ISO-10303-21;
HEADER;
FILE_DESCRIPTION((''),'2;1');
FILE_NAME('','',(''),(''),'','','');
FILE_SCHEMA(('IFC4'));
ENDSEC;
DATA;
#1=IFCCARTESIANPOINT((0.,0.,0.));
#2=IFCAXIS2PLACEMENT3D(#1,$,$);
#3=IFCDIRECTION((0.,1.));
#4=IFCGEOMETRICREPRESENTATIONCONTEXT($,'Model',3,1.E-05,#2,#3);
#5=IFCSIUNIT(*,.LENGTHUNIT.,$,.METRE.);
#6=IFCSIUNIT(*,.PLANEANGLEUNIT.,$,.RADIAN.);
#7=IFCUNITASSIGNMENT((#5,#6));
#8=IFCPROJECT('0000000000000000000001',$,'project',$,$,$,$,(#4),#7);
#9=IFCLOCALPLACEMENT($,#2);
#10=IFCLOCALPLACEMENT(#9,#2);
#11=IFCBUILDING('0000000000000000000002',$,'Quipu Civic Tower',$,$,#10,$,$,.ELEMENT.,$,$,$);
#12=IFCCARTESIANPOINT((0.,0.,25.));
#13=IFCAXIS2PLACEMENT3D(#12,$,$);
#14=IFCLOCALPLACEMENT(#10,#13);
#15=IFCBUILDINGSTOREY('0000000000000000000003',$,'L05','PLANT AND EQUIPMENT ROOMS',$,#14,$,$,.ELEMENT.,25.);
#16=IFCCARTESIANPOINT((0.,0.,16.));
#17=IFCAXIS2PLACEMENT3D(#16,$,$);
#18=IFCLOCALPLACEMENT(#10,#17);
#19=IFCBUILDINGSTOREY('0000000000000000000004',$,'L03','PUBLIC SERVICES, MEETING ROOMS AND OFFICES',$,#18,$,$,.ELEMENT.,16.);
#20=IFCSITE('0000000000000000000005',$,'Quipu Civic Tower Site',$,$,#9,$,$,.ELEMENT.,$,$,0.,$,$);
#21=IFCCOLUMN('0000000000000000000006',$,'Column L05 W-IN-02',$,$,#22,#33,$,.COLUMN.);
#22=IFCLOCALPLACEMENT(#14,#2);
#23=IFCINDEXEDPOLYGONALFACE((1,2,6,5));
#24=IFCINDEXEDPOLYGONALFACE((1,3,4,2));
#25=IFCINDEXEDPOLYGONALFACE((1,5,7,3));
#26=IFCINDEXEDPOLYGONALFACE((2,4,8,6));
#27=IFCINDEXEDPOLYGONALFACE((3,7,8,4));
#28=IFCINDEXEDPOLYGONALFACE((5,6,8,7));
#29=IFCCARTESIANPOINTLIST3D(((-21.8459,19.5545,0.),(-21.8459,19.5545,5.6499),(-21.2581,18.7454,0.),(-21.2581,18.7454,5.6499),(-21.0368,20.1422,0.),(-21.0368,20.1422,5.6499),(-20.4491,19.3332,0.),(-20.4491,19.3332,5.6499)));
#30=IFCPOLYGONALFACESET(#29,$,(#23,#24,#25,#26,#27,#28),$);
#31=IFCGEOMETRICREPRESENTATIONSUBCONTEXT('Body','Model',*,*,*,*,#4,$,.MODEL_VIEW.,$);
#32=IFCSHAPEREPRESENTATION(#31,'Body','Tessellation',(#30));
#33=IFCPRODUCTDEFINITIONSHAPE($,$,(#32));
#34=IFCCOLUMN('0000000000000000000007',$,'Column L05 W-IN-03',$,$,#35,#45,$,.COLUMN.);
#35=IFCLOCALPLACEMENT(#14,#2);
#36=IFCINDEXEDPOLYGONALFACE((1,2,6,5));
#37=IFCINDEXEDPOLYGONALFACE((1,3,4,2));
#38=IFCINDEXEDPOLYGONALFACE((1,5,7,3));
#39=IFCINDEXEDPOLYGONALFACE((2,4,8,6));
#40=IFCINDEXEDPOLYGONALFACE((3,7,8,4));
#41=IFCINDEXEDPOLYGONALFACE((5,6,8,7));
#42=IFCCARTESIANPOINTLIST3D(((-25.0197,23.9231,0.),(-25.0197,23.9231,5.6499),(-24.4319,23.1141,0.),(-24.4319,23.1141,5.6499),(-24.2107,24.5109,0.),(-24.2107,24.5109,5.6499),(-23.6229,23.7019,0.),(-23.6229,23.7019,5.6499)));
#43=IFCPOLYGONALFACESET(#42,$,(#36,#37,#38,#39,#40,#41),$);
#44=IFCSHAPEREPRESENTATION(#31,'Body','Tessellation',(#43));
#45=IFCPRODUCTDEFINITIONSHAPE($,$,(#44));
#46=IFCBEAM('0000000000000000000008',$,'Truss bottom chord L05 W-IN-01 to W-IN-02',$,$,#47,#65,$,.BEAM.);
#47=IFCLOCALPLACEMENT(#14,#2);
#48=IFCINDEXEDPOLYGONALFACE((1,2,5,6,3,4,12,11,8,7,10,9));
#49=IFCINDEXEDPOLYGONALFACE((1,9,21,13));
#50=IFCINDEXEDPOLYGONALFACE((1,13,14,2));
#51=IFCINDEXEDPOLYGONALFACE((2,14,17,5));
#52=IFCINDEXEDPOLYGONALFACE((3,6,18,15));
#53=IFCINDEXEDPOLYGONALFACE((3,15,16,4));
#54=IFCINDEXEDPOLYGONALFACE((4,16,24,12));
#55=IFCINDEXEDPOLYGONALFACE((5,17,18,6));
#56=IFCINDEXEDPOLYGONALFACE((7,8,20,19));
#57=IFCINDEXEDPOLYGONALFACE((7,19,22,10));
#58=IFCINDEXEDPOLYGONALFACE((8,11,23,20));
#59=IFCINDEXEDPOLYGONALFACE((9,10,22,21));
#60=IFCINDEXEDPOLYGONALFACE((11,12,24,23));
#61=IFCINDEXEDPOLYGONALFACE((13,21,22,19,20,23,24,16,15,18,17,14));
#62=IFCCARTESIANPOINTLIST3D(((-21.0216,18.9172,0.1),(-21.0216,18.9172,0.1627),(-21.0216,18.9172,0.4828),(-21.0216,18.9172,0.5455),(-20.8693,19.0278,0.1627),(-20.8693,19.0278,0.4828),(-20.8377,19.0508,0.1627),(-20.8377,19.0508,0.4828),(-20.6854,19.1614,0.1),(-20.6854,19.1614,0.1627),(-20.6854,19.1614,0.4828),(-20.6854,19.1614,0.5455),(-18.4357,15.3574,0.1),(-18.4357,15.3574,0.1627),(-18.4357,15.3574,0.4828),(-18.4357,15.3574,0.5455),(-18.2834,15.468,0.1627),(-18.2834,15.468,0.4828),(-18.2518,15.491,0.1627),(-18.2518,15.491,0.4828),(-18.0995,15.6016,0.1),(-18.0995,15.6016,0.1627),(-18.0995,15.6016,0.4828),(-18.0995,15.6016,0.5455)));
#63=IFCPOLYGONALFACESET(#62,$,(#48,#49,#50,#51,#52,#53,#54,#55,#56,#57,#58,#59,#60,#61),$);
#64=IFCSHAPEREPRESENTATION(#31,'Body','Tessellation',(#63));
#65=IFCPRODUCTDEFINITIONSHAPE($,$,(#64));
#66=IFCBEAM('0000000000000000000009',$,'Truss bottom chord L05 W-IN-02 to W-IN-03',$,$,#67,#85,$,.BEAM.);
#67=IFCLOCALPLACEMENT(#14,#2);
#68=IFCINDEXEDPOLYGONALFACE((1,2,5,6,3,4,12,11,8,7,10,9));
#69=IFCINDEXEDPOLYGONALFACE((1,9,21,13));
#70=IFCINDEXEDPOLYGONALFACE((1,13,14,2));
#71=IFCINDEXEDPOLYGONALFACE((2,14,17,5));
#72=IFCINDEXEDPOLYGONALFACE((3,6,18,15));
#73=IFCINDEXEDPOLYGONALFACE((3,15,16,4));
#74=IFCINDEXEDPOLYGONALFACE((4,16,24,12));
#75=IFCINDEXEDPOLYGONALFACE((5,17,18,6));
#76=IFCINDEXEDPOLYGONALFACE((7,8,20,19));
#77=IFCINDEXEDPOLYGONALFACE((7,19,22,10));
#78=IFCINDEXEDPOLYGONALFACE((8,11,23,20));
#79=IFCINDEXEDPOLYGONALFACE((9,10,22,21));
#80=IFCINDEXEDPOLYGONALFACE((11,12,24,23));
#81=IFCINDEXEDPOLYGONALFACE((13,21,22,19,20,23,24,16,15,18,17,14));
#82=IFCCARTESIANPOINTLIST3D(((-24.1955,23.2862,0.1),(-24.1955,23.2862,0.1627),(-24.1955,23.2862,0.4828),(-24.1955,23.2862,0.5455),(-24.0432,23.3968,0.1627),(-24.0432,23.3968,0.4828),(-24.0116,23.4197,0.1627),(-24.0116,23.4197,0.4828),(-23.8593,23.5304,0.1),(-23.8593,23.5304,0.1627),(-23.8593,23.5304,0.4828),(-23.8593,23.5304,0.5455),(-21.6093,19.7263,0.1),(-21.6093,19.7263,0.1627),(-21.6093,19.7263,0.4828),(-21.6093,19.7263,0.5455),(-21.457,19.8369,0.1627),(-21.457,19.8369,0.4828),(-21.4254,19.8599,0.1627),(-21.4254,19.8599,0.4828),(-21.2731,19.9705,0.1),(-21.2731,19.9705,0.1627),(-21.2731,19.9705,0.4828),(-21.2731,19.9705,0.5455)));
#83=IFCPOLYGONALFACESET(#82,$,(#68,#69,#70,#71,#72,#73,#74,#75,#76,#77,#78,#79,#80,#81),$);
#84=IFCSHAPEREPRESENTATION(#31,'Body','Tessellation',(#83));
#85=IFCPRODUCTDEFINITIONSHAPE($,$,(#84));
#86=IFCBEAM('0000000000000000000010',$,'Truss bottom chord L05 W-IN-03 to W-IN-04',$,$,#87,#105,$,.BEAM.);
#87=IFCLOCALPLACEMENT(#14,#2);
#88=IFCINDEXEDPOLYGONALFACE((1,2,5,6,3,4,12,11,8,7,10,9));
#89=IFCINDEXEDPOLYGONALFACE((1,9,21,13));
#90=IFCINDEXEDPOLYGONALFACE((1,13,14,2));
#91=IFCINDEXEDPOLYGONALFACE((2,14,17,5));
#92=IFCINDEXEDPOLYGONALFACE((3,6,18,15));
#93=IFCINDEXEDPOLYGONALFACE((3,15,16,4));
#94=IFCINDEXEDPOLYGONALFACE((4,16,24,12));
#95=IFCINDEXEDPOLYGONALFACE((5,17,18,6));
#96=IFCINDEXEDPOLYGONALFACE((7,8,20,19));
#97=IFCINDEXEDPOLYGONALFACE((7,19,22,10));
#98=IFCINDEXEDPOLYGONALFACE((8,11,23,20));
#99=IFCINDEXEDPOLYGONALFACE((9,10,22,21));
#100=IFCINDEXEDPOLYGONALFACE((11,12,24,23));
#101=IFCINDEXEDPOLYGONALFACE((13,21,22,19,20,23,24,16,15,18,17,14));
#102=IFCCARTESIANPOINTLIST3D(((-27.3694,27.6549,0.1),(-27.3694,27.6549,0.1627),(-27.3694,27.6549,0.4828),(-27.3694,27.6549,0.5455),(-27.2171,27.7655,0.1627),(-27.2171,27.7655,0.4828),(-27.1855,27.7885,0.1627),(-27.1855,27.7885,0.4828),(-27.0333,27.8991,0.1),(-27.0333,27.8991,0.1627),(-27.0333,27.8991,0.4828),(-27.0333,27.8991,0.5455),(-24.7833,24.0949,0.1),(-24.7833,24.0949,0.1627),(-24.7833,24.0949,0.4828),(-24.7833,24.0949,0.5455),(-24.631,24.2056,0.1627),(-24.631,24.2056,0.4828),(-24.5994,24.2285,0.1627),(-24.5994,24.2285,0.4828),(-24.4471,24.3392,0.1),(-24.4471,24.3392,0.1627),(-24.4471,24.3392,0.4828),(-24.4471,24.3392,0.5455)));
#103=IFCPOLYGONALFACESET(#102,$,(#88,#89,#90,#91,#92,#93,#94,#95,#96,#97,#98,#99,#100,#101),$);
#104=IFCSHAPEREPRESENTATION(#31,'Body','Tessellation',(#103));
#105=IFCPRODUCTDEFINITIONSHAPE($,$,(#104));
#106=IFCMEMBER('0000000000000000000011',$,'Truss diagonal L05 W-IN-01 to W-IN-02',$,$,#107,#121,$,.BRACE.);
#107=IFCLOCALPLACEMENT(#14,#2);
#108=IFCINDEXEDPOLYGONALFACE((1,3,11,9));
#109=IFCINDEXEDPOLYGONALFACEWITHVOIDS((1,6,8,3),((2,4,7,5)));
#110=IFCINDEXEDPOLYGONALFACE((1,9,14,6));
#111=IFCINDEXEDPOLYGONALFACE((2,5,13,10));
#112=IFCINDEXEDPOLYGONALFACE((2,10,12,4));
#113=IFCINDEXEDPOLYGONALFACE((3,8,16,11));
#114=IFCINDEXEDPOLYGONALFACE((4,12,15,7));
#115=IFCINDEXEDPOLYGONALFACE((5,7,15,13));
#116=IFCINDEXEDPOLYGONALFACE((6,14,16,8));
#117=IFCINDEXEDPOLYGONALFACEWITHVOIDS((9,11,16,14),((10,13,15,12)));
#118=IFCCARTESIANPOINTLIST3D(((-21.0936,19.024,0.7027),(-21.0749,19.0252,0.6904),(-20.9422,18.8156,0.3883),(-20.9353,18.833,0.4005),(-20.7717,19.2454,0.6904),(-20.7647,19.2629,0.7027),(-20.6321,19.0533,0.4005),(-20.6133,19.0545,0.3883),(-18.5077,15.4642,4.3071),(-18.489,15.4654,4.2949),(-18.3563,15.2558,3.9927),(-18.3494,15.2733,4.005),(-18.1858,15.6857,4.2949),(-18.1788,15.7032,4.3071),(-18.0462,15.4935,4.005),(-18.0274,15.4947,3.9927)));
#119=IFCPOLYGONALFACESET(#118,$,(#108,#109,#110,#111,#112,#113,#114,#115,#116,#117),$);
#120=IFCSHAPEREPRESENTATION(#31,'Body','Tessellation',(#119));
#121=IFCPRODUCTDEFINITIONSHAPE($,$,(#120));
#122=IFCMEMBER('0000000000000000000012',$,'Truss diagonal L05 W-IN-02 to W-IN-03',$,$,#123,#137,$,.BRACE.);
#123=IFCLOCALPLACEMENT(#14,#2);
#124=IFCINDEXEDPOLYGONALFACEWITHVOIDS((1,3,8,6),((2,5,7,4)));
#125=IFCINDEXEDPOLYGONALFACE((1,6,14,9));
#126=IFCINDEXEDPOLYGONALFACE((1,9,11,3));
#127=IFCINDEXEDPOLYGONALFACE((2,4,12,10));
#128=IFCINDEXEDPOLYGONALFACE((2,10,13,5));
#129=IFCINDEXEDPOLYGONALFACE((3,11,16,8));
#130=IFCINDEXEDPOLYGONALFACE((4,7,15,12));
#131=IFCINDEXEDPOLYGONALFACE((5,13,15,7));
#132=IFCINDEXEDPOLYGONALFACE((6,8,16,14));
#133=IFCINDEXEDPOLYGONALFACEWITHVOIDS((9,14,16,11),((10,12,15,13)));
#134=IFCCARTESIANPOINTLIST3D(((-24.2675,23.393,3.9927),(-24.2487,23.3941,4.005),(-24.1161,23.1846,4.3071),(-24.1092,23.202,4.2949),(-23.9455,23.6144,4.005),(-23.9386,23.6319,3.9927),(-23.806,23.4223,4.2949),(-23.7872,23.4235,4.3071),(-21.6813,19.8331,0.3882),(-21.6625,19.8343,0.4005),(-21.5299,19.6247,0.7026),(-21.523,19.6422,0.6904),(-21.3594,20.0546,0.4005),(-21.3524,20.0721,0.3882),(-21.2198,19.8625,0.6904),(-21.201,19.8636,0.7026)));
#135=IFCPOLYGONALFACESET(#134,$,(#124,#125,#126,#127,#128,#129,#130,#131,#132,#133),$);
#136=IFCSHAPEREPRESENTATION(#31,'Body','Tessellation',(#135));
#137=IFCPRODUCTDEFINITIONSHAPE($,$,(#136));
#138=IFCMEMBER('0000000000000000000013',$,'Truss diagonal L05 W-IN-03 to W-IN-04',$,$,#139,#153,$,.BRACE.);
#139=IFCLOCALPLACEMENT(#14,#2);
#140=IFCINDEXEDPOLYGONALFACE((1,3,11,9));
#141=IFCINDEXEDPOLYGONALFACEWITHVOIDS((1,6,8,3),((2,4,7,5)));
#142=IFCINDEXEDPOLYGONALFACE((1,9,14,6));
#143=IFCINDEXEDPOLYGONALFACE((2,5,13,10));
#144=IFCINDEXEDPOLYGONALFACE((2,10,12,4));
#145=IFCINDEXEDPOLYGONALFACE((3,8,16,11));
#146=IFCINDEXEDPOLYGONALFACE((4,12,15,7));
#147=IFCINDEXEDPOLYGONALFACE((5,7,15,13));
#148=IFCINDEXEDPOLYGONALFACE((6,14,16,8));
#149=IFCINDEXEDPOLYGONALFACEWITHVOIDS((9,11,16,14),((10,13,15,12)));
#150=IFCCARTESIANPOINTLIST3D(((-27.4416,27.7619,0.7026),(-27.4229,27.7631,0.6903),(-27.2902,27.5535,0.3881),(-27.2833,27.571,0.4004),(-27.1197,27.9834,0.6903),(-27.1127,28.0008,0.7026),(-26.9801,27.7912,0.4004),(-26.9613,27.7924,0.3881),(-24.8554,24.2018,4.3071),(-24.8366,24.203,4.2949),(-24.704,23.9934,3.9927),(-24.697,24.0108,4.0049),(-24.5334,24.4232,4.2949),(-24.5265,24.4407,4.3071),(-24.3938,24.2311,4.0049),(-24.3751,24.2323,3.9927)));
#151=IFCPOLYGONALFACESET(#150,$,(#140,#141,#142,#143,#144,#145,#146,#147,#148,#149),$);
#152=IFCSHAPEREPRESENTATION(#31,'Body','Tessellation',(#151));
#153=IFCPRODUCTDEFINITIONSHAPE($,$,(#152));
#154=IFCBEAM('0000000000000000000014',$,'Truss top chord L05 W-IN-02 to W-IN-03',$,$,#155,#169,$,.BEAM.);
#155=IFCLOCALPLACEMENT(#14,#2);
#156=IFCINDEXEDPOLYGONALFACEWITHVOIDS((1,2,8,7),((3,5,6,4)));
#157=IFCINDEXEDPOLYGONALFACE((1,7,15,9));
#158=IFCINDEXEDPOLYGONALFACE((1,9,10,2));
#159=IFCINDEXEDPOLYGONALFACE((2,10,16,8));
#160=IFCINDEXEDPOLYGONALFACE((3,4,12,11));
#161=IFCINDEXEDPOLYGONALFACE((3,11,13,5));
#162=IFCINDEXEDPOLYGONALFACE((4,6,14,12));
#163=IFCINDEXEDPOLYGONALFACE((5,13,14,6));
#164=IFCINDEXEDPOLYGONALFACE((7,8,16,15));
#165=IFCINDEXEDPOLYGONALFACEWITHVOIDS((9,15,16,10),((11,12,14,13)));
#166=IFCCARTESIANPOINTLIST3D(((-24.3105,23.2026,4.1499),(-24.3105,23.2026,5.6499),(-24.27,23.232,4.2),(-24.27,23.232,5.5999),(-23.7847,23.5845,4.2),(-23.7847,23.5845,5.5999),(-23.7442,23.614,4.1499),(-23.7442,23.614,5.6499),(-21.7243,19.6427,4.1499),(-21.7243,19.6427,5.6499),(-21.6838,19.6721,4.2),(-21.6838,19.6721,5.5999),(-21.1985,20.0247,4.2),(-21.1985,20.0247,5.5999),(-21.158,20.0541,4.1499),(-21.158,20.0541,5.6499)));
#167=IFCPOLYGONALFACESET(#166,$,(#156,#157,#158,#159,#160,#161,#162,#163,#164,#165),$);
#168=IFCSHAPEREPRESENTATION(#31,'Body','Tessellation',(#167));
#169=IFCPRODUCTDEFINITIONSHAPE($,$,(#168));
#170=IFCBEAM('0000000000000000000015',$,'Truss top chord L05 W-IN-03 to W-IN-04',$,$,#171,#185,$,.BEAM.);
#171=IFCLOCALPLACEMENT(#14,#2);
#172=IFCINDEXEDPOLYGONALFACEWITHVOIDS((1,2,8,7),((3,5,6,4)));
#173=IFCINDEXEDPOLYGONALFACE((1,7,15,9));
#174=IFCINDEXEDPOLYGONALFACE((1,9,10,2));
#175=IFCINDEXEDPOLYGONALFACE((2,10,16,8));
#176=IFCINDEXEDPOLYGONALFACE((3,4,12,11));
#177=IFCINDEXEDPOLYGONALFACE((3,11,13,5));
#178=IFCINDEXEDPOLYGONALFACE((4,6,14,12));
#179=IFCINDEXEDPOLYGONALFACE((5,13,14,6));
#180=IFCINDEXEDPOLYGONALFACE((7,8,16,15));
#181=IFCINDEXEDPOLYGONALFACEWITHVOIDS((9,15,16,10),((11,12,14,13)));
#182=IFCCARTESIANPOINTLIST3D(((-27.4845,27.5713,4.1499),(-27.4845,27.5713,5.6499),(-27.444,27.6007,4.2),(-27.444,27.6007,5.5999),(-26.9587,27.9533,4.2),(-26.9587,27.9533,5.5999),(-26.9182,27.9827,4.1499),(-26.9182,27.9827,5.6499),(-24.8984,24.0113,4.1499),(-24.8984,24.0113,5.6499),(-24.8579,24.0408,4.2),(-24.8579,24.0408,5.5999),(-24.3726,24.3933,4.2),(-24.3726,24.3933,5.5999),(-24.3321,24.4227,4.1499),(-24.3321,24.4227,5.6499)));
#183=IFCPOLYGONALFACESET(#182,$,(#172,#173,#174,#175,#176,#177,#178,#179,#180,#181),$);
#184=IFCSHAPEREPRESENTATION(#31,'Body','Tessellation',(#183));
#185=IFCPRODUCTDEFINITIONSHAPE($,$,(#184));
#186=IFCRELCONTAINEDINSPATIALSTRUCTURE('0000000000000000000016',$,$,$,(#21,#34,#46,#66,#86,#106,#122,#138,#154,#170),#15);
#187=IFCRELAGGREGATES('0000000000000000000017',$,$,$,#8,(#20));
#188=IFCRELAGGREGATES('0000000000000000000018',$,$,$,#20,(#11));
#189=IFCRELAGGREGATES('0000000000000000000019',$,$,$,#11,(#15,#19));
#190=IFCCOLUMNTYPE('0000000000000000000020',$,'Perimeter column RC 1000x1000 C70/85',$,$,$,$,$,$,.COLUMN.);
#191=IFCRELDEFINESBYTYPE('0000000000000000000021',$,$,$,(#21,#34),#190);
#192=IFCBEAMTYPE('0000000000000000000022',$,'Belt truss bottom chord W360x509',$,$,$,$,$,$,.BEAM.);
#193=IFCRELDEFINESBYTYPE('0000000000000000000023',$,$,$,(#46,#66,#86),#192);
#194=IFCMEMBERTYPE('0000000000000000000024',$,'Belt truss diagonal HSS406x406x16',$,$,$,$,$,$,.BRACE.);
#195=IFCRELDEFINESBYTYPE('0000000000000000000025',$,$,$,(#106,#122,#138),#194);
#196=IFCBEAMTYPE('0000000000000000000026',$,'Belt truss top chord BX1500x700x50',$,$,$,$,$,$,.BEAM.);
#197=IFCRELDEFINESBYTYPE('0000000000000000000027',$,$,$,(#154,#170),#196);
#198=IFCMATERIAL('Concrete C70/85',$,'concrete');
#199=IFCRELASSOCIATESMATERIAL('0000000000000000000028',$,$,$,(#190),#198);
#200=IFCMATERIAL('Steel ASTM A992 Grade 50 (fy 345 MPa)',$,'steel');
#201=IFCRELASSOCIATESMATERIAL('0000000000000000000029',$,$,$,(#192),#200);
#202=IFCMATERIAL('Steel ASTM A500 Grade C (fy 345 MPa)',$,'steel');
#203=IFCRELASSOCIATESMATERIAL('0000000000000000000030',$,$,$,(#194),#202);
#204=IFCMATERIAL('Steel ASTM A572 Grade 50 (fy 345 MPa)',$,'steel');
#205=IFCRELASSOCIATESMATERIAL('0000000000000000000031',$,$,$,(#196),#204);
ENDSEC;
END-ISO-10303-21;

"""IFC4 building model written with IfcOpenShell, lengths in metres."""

from ifc_helpers import new_model, si_unit, direction, frame, origin, origin_2d, place, context, subcontext, project, spatial, rectangle, hollow_rectangle, i_section, extrude, material, material_profile, profile_set, type_object, element, save


model = new_model("IFC4")

# Units and contexts
model_context = context("Model", 3, precision=1e-05, world=origin(), true_north=direction((0.0, 1.0)))
body_context = subcontext(model_context, "Body", "Model", "MODEL_VIEW")
ifc_project = project(units=[si_unit("LENGTHUNIT", "METRE"), si_unit("PLANEANGLEUNIT", "RADIAN")], contexts=[model_context])

# Site, building, storey
site_placement = place(None, origin())
site = spatial("IfcSite", under=ifc_project, at=site_placement, Name="Quipu Civic Tower Site", CompositionType="ELEMENT", RefElevation=0.0)
building_placement = place(site_placement, origin())
building = spatial("IfcBuilding", under=site, at=building_placement, Name="Quipu Civic Tower", CompositionType="ELEMENT")
storey_1_placement = place(building_placement, frame((0.0, 0.0, 25.0)))
storey_1 = spatial("IfcBuildingStorey", under=building, at=storey_1_placement, Name="L05", Description="PLANT AND EQUIPMENT ROOMS", CompositionType="ELEMENT", Elevation=25.0)

# Columns
ifc_material_1 = material(Name="Concrete C70/85", Category="concrete")
ifc_material_profile_1 = material_profile(ifc_material_1, rectangle(XDim=1.0, YDim=1.0, at=origin_2d()), Name="RC1000x1000")
ifc_profile_set_1 = profile_set([ifc_material_profile_1], Name="Concrete C70/85")
column_type = type_object("IfcColumnType", Name="Perimeter column RC 1000x1000 C70/85", PredefinedType="COLUMN", material=ifc_profile_set_1)
for number, where, z_axis, x_axis, name in (
    (1, (-21.1475, 19.4438, 0.0), (0.0, 0.0, 1.0), (-0.587785, 0.809017, 0.0), "Column L05 W-IN-02"),
    (2, (-24.3213, 23.8125, 0.0), (0.0, 0.0, 1.0), (-0.587785, 0.809017, 0.0), "Column L05 W-IN-03"),
):
    element("IfcColumn", number, at=place(storey_1_placement, frame(where, z_axis=z_axis, x_axis=x_axis)), inside=storey_1, type_object=column_type, Name=name, PredefinedType="COLUMN", context=body_context, shape_type="SweptSolid", body=[
        extrude(rectangle(XDim=1.0, YDim=1.0, at=origin_2d()), origin(), (0.0, 0.0, 1.0), 5.6499),
    ])

# Beams
ifc_material_2 = material(Name="Steel ASTM A992 Grade 50 (fy 345 MPa)", Category="steel")
ifc_material_profile_2 = material_profile(ifc_material_2, i_section(OverallWidth=0.4155, OverallDepth=0.4456, WebThickness=0.0391, FlangeThickness=0.0627, at=origin_2d()), Name="W360x509")
ifc_profile_set_2 = profile_set([ifc_material_profile_2], Name="Steel ASTM A992 Grade 50 (fy 345 MPa)")
beam_type_1 = type_object("IfcBeamType", Name="Belt truss bottom chord W360x509", PredefinedType="BEAM", material=ifc_profile_set_2)
beam_placement = place(storey_1_placement, frame((-18.2676, 15.4795, 0.3228), z_axis=(-0.587723, 0.809062, 0.0), x_axis=(-0.809062, -0.587723, 0.0)))
element("IfcBeam", 3, at=beam_placement, inside=storey_1, type_object=beam_type_1, Name="Truss bottom chord L05 W-IN-01 to W-IN-02", PredefinedType="BEAM", context=body_context, shape_type="SweptSolid", body=[
    extrude(i_section(OverallWidth=0.4155, OverallDepth=0.4456, WebThickness=0.0391, FlangeThickness=0.0627, at=origin_2d()), origin(), (0.0, 0.0, 1.0), 4.3999),
])
for number, where, z_axis, x_axis, name in (
    (4, (-21.4412, 19.8484, 0.3228), (-0.587759, 0.809036, 0.0), (-0.809036, -0.587759, 0.0), "Truss bottom chord L05 W-IN-02 to W-IN-03"),
    (5, (-24.6152, 24.217, 0.3228), (-0.587733, 0.809055, 0.0), (-0.809055, -0.587733, 0.0), "Truss bottom chord L05 W-IN-03 to W-IN-04"),
):
    element("IfcBeam", number, at=place(storey_1_placement, frame(where, z_axis=z_axis, x_axis=x_axis)), inside=storey_1, type_object=beam_type_1, Name=name, PredefinedType="BEAM", context=body_context, shape_type="SweptSolid", body=[
        extrude(i_section(OverallWidth=0.4155, OverallDepth=0.4456, WebThickness=0.0391, FlangeThickness=0.0627, at=origin_2d()), origin(), (0.0, 0.0, 1.0), 4.4001),
    ])

# Members
ifc_material_3 = material(Name="Steel ASTM A500 Grade C (fy 345 MPa)", Category="steel")
ifc_material_profile_3 = material_profile(ifc_material_3, hollow_rectangle(XDim=0.4065, YDim=0.4065, WallThickness=0.0159, at=origin_2d()), Name="HSS406x406x16")
ifc_profile_set_3 = profile_set([ifc_material_profile_3], Name="Steel ASTM A500 Grade C (fy 345 MPa)")
member_type_1 = type_object("IfcMemberType", Name="Belt truss diagonal HSS406x406x16", PredefinedType="BRACE", material=ifc_profile_set_3)
member_1_placement = place(storey_1_placement, frame((-18.2676, 15.4795, 4.1499), z_axis=(-0.454642, 0.625862, -0.633717), x_axis=(-0.809062, -0.587723, 0.0)))
element("IfcMember", 6, at=member_1_placement, inside=storey_1, type_object=member_type_1, Name="Truss diagonal L05 W-IN-01 to W-IN-02", PredefinedType="BRACE", context=body_context, shape_type="SweptSolid", body=[
    extrude(hollow_rectangle(XDim=0.4065, YDim=0.4065, WallThickness=0.0159, at=origin_2d()), origin(), (0.0, 0.0, 1.0), 5.6877),
])
member_2_placement = place(storey_1_placement, frame((-21.4412, 19.8484, 0.5454), z_axis=(-0.454676, 0.62585, 0.633705), x_axis=(-0.809036, -0.587759, 0.0)))
element("IfcMember", 7, at=member_2_placement, inside=storey_1, type_object=member_type_1, Name="Truss diagonal L05 W-IN-02 to W-IN-03", PredefinedType="BRACE", context=body_context, shape_type="SweptSolid", body=[
    extrude(hollow_rectangle(XDim=0.4065, YDim=0.4065, WallThickness=0.0159, at=origin_2d()), origin(), (0.0, 0.0, 1.0), 5.688),
])
member_3_placement = place(storey_1_placement, frame((-24.6152, 24.217, 4.1499), z_axis=(-0.454664, 0.625876, -0.633688), x_axis=(-0.809055, -0.587733, 0.0)))
element("IfcMember", 8, at=member_3_placement, inside=storey_1, type_object=member_type_1, Name="Truss diagonal L05 W-IN-03 to W-IN-04", PredefinedType="BRACE", context=body_context, shape_type="SweptSolid", body=[
    extrude(hollow_rectangle(XDim=0.4065, YDim=0.4065, WallThickness=0.0159, at=origin_2d()), origin(), (0.0, 0.0, 1.0), 5.6882),
])

# Beams
ifc_material_4 = material(Name="Steel ASTM A572 Grade 50 (fy 345 MPa)", Category="steel")
ifc_material_profile_4 = material_profile(ifc_material_4, hollow_rectangle(XDim=0.7, YDim=1.5, WallThickness=0.05, at=origin_2d()), Name="BX1500x700x50")
ifc_profile_set_4 = profile_set([ifc_material_profile_4], Name="Steel ASTM A572 Grade 50 (fy 345 MPa)")
beam_type_2 = type_object("IfcBeamType", Name="Belt truss top chord BX1500x700x50", PredefinedType="BEAM", material=ifc_profile_set_4)
for number, where, z_axis, x_axis, name in (
    (9, (-21.4412, 19.8484, 4.8999), (-0.587759, 0.809036, 0.0), (-0.809036, -0.587759, 0.0), "Truss top chord L05 W-IN-02 to W-IN-03"),
    (10, (-24.6152, 24.217, 4.8999), (-0.587733, 0.809055, 0.0), (-0.809055, -0.587733, 0.0), "Truss top chord L05 W-IN-03 to W-IN-04"),
):
    element("IfcBeam", number, at=place(storey_1_placement, frame(where, z_axis=z_axis, x_axis=x_axis)), inside=storey_1, type_object=beam_type_2, Name=name, PredefinedType="BEAM", context=body_context, shape_type="SweptSolid", body=[
        extrude(hollow_rectangle(XDim=0.7, YDim=1.5, WallThickness=0.05, at=origin_2d()), origin(), (0.0, 0.0, 1.0), 4.4001),
    ])

# Shared definitions
storey_2_placement = place(building_placement, frame((0.0, 0.0, 16.0)))
storey_2 = spatial("IfcBuildingStorey", under=building, at=storey_2_placement, Name="L03", Description="PUBLIC SERVICES, MEETING ROOMS AND OFFICES", CompositionType="ELEMENT", Elevation=16.0)

save(model, "model.ifc")
